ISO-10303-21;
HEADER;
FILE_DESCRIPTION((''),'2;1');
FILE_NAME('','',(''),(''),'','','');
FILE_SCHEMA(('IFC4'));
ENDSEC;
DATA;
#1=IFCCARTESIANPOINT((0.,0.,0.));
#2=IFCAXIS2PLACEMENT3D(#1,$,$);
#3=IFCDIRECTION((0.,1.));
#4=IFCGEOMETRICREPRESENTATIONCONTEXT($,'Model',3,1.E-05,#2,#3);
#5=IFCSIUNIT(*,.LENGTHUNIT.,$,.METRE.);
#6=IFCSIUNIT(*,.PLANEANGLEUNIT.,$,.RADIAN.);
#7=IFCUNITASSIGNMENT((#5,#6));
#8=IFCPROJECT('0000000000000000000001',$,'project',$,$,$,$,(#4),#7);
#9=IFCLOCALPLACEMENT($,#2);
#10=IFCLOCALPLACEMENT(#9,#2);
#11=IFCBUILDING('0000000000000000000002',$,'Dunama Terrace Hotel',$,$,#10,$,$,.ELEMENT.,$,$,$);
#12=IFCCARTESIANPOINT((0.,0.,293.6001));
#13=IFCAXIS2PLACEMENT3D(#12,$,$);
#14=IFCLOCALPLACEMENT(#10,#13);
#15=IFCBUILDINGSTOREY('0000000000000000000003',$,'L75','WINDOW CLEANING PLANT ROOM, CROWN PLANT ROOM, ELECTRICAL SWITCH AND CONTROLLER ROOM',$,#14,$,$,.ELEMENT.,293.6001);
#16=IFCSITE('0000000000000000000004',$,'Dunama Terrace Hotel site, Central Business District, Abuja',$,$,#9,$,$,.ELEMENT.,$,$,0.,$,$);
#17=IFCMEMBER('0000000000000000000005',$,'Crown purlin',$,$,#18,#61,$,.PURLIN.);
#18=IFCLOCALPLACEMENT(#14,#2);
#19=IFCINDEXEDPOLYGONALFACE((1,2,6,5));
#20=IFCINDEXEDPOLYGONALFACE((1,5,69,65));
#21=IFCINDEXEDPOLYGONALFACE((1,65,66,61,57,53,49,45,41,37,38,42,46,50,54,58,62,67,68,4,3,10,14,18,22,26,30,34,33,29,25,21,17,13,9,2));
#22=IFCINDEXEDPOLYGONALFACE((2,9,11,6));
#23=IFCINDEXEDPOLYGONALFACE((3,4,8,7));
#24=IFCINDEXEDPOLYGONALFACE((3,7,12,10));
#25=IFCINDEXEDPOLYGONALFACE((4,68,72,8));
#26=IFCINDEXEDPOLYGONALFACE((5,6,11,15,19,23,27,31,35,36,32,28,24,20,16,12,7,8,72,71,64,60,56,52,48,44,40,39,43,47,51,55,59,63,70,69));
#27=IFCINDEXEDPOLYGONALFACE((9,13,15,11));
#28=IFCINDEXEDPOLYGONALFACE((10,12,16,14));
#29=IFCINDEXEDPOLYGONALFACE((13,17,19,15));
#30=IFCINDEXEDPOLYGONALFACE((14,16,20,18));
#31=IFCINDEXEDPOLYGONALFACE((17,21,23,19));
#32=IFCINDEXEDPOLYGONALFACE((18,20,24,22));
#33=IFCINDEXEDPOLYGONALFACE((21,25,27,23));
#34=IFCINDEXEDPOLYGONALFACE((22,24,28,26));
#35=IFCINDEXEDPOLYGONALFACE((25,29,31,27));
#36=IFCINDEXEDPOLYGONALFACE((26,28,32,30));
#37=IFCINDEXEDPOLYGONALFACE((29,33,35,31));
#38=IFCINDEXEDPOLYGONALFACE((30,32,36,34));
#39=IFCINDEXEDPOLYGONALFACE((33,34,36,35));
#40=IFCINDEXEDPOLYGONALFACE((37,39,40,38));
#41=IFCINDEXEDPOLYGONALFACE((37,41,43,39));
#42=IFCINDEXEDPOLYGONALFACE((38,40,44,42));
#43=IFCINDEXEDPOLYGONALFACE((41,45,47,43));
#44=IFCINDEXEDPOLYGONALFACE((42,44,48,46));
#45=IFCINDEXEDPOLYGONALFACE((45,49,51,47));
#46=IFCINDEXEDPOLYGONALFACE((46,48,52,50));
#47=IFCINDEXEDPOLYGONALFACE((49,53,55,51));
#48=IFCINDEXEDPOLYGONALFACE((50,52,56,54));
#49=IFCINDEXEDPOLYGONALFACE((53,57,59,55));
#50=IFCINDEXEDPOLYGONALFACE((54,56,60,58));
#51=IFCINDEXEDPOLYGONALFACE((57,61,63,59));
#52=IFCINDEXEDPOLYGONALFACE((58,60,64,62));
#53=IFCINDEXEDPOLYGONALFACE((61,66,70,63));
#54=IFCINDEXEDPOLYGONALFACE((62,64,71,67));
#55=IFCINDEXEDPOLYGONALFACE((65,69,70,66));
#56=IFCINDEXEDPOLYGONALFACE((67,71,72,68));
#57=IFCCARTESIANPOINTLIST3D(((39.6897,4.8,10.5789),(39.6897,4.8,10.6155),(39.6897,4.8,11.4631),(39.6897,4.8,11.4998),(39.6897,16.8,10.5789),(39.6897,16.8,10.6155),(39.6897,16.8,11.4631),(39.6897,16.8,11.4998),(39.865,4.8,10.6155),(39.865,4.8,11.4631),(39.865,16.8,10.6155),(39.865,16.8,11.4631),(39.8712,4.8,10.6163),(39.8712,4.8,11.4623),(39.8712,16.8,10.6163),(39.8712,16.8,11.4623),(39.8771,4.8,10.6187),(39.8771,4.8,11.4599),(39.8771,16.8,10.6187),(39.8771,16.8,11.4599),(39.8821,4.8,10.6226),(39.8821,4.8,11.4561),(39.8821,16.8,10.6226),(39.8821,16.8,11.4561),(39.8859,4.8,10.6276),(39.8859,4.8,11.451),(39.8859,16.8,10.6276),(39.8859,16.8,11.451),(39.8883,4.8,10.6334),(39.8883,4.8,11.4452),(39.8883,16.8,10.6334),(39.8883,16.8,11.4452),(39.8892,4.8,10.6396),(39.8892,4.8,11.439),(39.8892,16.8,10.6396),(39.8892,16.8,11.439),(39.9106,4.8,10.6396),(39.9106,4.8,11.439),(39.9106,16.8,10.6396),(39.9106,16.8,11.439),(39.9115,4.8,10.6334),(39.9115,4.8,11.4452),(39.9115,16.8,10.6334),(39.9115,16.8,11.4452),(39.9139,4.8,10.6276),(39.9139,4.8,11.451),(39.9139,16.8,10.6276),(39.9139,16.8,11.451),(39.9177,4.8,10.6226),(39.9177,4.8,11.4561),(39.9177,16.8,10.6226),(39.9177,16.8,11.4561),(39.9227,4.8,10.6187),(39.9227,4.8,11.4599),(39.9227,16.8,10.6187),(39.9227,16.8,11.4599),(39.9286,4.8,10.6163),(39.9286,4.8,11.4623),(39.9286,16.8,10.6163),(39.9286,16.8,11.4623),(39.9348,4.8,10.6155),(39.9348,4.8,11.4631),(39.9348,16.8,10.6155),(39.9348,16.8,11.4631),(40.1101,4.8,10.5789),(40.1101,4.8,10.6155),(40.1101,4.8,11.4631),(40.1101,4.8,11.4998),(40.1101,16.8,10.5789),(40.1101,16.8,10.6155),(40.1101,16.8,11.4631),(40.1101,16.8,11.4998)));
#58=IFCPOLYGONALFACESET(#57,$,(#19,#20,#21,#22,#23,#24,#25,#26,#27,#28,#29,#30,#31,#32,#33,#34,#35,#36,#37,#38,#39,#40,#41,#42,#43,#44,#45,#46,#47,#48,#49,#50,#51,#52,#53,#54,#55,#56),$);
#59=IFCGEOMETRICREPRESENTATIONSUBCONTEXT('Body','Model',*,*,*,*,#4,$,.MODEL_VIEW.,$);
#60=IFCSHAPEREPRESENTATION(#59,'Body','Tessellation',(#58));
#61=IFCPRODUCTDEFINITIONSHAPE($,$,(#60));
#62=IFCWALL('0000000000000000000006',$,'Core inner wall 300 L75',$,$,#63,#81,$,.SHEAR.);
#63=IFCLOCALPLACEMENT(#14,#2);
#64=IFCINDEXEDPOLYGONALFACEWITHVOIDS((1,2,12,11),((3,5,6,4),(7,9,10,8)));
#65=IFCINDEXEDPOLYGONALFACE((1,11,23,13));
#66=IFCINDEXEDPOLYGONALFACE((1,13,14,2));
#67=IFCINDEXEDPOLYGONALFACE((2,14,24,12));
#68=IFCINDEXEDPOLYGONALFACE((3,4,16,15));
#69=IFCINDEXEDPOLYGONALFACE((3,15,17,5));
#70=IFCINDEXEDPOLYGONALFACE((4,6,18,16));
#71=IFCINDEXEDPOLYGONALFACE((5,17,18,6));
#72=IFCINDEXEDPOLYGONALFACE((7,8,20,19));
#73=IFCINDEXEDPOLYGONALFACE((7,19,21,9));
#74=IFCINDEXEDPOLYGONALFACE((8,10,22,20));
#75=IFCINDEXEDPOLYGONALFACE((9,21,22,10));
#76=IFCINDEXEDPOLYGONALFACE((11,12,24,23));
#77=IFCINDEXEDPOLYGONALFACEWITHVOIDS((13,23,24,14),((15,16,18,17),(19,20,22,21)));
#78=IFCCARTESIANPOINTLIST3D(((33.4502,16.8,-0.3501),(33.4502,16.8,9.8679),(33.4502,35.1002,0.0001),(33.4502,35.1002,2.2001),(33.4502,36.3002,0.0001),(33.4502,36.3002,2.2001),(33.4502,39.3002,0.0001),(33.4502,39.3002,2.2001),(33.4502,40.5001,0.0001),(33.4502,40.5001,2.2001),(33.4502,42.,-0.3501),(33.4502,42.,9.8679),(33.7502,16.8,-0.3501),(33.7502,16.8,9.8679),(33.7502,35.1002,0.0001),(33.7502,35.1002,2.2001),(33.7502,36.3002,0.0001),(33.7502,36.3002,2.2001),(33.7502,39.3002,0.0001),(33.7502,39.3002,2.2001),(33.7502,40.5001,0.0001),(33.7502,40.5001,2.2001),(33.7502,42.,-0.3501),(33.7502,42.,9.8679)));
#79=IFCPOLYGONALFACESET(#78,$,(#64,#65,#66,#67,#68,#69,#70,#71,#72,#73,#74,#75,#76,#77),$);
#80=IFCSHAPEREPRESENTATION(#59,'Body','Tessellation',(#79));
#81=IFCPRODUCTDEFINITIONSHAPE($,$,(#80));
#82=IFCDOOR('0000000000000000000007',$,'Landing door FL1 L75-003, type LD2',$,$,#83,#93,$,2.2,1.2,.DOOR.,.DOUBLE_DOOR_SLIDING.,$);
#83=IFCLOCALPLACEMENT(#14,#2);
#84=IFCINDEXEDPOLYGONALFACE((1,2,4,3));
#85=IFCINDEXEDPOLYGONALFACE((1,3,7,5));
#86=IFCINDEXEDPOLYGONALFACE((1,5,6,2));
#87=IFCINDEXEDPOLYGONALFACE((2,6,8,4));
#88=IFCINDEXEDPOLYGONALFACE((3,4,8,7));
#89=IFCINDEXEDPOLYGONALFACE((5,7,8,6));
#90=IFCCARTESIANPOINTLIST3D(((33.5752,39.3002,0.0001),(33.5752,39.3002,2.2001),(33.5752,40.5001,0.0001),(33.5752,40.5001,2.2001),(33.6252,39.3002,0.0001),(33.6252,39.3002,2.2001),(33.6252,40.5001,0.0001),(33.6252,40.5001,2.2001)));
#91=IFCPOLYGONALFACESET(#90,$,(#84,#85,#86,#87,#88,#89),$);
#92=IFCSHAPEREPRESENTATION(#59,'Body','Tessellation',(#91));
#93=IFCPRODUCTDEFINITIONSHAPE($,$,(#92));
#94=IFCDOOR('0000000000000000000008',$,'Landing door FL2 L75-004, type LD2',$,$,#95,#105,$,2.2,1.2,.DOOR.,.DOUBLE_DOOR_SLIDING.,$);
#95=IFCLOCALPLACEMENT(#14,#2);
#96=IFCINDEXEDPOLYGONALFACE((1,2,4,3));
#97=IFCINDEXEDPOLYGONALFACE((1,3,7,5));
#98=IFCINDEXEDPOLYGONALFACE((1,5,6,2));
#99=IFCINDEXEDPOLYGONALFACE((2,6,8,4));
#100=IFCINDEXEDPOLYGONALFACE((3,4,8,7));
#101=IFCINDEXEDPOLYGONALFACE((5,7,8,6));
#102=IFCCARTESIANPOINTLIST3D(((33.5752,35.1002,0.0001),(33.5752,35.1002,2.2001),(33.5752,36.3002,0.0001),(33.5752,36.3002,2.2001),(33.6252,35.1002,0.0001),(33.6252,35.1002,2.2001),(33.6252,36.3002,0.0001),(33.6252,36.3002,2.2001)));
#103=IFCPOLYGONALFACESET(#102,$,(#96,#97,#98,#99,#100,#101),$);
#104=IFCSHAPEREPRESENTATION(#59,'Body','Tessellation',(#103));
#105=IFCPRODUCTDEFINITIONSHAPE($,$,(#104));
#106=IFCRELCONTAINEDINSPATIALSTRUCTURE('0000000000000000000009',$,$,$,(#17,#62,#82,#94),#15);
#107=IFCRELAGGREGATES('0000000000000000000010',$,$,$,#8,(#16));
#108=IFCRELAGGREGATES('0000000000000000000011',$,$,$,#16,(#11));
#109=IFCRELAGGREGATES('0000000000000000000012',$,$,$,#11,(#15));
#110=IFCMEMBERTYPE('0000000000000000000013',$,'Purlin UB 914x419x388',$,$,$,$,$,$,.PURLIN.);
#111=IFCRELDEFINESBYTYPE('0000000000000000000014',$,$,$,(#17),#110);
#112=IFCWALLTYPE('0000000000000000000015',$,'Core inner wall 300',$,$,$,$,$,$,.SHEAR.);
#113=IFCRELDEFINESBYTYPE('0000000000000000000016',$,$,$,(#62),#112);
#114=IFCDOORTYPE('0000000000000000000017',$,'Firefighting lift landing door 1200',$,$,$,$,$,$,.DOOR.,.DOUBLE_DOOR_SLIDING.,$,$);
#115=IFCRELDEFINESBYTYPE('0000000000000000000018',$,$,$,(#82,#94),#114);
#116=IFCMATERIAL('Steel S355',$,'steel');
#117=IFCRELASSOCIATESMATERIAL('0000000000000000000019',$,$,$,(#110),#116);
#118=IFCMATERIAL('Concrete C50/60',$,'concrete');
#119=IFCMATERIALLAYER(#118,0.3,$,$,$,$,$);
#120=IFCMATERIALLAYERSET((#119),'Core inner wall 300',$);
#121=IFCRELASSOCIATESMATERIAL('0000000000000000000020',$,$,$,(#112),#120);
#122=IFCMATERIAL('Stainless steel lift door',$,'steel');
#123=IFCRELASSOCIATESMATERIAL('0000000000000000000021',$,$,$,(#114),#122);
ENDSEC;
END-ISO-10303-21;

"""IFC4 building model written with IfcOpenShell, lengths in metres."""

from ifc_helpers import new_model, si_unit, direction, frame, frame_2d, origin, origin_2d, place, context, subcontext, project, spatial, polyline, rectangle, i_section, outline, extrude, material, layer, layer_set, material_profile, profile_set, type_object, element, fill, save


model = new_model("IFC4")

# Units and contexts
model_context = context("Model", 3, precision=1e-05, world=origin(), true_north=direction((0.0, 1.0)))
body_context = subcontext(model_context, "Body", "Model", "MODEL_VIEW")
ifc_project = project(units=[si_unit("LENGTHUNIT", "METRE"), si_unit("PLANEANGLEUNIT", "RADIAN")], contexts=[model_context])

# Site, building, storey
site_placement = place(None, origin())
site = spatial("IfcSite", under=ifc_project, at=site_placement, Name="Dunama Terrace Hotel site, Central Business District, Abuja", CompositionType="ELEMENT", RefElevation=0.0)
building_placement = place(site_placement, origin())
building = spatial("IfcBuilding", under=site, at=building_placement, Name="Dunama Terrace Hotel", CompositionType="ELEMENT")
storey_placement = place(building_placement, frame((0.0, 0.0, 293.6001)))
storey = spatial("IfcBuildingStorey", under=building, at=storey_placement, Name="L75", Description="WINDOW CLEANING PLANT ROOM, CROWN PLANT ROOM, ELECTRICAL SWITCH AND CONTROLLER ROOM", CompositionType="ELEMENT", Elevation=293.6001)

# Member
ifc_material_1 = material(Name="Steel S355", Category="steel")
ifc_material_profile_1 = material_profile(ifc_material_1, i_section(OverallWidth=0.4204, OverallDepth=0.9209, WebThickness=0.0215, FlangeThickness=0.0366, FilletRadius=0.0242, at=origin_2d()), Name="UB 914x419x388")
ifc_profile_set_1 = profile_set([ifc_material_profile_1], Name="Steel S355")
member_type_1 = type_object("IfcMemberType", Name="Purlin UB 914x419x388", PredefinedType="PURLIN", material=ifc_profile_set_1)
for number, where, z_axis, x_axis, name in (
    (1, (39.8999, 4.8, 11.0393), (0.0, 1.0, 0.0), (-1.0, 0.0, 0.0), "Crown purlin"),
):
    element("IfcMember", number, at=place(storey_placement, frame(where, z_axis=z_axis, x_axis=x_axis)), inside=storey, type_object=member_type_1, Name=name, PredefinedType="PURLIN", context=body_context, shape_type="SweptSolid", body=[
        extrude(i_section(OverallWidth=0.4204, OverallDepth=0.9209, WebThickness=0.0215, FlangeThickness=0.0366, FilletRadius=0.0242, at=origin_2d()), origin(), (0.0, 0.0, 1.0), 12.0),
    ])

# Wall, openings, doors
ifc_material_2 = material(Name="Concrete C50/60", Category="concrete")
ifc_layer = layer(ifc_material_2, 0.3)
ifc_layer_set = layer_set([ifc_layer], Name="Core inner wall 300")
wall_type = type_object("IfcWallType", Name="Core inner wall 300", PredefinedType="SHEAR", material=ifc_layer_set)
wall_placement = place(storey_placement, frame((33.6001, 16.8, -0.3501), z_axis=(0.0, 0.0, 1.0), x_axis=(0.0, 1.0, 0.0)))
wall = element("IfcWall", 2, at=wall_placement, inside=storey, type_object=wall_type, Name="Core inner wall 300 L75", PredefinedType="SHEAR", context=body_context, shape_type="SweptSolid", body=[
    extrude(outline(polyline([(0.0, 0.0), (25.2, 0.0), (25.2, 10.218), (0.0, 10.218), (0.0, 0.0)])), frame((0.0, 0.1499, 0.0), z_axis=(0.0, -1.0, 0.0), x_axis=(1.0, 0.0, 0.0)), (0.0, 0.0, 1.0), 0.3),
])
opening_1_placement = place(wall_placement, frame((22.5, 0.0, 0.3501)))
opening_1 = element("IfcOpeningElement", 3, at=opening_1_placement, cuts=wall, PredefinedType="OPENING", context=body_context, shape_type="SweptSolid", body=[
    extrude(rectangle(XDim=1.2, YDim=2.2, at=frame_2d((0.6001, 1.1001))), frame((0.0, 0.1599, 0.0), z_axis=(0.0, -1.0, 0.0), x_axis=(1.0, 0.0, 0.0)), (0.0, 0.0, 1.0), 0.3201),
])
opening_2_placement = place(wall_placement, frame((18.3, 0.0, 0.3501)))
opening_2 = element("IfcOpeningElement", 4, at=opening_2_placement, cuts=wall, PredefinedType="OPENING", context=body_context, shape_type="SweptSolid", body=[
    extrude(rectangle(XDim=1.2, YDim=2.2, at=frame_2d((0.6001, 1.1001))), frame((0.0, 0.1599, 0.0), z_axis=(0.0, -1.0, 0.0), x_axis=(1.0, 0.0, 0.0)), (0.0, 0.0, 1.0), 0.3201),
])
ifc_material_3 = material(Name="Stainless steel lift door", Category="steel")
door_type = type_object("IfcDoorType", Name="Firefighting lift landing door 1200", OperationType="DOUBLE_DOOR_SLIDING", PredefinedType="DOOR", material=ifc_material_3)
door_1_placement = place(opening_1_placement, origin())
door_1 = element("IfcDoor", 5, at=door_1_placement, inside=storey, type_object=door_type, Name="Landing door FL1 L75-003, type LD2", OperationType="DOUBLE_DOOR_SLIDING", OverallHeight=2.2, OverallWidth=1.2, PredefinedType="DOOR", context=body_context, shape_type="SweptSolid", body=[
    extrude(rectangle(XDim=1.2, YDim=2.2, at=frame_2d((0.6001, 1.1001))), frame((0.0, 0.0249, 0.0), z_axis=(0.0, -1.0, 0.0), x_axis=(1.0, 0.0, 0.0)), (0.0, 0.0, 1.0), 0.05),
])
fill(opening_1, door_1)
door_2_placement = place(opening_2_placement, origin())
door_2 = element("IfcDoor", 6, at=door_2_placement, inside=storey, type_object=door_type, Name="Landing door FL2 L75-004, type LD2", OperationType="DOUBLE_DOOR_SLIDING", OverallHeight=2.2, OverallWidth=1.2, PredefinedType="DOOR", context=body_context, shape_type="SweptSolid", body=[
    extrude(rectangle(XDim=1.2, YDim=2.2, at=frame_2d((0.6001, 1.1001))), frame((0.0, 0.0249, 0.0), z_axis=(0.0, -1.0, 0.0), x_axis=(1.0, 0.0, 0.0)), (0.0, 0.0, 1.0), 0.05),
])
fill(opening_2, door_2)

save(model, "model.ifc")
